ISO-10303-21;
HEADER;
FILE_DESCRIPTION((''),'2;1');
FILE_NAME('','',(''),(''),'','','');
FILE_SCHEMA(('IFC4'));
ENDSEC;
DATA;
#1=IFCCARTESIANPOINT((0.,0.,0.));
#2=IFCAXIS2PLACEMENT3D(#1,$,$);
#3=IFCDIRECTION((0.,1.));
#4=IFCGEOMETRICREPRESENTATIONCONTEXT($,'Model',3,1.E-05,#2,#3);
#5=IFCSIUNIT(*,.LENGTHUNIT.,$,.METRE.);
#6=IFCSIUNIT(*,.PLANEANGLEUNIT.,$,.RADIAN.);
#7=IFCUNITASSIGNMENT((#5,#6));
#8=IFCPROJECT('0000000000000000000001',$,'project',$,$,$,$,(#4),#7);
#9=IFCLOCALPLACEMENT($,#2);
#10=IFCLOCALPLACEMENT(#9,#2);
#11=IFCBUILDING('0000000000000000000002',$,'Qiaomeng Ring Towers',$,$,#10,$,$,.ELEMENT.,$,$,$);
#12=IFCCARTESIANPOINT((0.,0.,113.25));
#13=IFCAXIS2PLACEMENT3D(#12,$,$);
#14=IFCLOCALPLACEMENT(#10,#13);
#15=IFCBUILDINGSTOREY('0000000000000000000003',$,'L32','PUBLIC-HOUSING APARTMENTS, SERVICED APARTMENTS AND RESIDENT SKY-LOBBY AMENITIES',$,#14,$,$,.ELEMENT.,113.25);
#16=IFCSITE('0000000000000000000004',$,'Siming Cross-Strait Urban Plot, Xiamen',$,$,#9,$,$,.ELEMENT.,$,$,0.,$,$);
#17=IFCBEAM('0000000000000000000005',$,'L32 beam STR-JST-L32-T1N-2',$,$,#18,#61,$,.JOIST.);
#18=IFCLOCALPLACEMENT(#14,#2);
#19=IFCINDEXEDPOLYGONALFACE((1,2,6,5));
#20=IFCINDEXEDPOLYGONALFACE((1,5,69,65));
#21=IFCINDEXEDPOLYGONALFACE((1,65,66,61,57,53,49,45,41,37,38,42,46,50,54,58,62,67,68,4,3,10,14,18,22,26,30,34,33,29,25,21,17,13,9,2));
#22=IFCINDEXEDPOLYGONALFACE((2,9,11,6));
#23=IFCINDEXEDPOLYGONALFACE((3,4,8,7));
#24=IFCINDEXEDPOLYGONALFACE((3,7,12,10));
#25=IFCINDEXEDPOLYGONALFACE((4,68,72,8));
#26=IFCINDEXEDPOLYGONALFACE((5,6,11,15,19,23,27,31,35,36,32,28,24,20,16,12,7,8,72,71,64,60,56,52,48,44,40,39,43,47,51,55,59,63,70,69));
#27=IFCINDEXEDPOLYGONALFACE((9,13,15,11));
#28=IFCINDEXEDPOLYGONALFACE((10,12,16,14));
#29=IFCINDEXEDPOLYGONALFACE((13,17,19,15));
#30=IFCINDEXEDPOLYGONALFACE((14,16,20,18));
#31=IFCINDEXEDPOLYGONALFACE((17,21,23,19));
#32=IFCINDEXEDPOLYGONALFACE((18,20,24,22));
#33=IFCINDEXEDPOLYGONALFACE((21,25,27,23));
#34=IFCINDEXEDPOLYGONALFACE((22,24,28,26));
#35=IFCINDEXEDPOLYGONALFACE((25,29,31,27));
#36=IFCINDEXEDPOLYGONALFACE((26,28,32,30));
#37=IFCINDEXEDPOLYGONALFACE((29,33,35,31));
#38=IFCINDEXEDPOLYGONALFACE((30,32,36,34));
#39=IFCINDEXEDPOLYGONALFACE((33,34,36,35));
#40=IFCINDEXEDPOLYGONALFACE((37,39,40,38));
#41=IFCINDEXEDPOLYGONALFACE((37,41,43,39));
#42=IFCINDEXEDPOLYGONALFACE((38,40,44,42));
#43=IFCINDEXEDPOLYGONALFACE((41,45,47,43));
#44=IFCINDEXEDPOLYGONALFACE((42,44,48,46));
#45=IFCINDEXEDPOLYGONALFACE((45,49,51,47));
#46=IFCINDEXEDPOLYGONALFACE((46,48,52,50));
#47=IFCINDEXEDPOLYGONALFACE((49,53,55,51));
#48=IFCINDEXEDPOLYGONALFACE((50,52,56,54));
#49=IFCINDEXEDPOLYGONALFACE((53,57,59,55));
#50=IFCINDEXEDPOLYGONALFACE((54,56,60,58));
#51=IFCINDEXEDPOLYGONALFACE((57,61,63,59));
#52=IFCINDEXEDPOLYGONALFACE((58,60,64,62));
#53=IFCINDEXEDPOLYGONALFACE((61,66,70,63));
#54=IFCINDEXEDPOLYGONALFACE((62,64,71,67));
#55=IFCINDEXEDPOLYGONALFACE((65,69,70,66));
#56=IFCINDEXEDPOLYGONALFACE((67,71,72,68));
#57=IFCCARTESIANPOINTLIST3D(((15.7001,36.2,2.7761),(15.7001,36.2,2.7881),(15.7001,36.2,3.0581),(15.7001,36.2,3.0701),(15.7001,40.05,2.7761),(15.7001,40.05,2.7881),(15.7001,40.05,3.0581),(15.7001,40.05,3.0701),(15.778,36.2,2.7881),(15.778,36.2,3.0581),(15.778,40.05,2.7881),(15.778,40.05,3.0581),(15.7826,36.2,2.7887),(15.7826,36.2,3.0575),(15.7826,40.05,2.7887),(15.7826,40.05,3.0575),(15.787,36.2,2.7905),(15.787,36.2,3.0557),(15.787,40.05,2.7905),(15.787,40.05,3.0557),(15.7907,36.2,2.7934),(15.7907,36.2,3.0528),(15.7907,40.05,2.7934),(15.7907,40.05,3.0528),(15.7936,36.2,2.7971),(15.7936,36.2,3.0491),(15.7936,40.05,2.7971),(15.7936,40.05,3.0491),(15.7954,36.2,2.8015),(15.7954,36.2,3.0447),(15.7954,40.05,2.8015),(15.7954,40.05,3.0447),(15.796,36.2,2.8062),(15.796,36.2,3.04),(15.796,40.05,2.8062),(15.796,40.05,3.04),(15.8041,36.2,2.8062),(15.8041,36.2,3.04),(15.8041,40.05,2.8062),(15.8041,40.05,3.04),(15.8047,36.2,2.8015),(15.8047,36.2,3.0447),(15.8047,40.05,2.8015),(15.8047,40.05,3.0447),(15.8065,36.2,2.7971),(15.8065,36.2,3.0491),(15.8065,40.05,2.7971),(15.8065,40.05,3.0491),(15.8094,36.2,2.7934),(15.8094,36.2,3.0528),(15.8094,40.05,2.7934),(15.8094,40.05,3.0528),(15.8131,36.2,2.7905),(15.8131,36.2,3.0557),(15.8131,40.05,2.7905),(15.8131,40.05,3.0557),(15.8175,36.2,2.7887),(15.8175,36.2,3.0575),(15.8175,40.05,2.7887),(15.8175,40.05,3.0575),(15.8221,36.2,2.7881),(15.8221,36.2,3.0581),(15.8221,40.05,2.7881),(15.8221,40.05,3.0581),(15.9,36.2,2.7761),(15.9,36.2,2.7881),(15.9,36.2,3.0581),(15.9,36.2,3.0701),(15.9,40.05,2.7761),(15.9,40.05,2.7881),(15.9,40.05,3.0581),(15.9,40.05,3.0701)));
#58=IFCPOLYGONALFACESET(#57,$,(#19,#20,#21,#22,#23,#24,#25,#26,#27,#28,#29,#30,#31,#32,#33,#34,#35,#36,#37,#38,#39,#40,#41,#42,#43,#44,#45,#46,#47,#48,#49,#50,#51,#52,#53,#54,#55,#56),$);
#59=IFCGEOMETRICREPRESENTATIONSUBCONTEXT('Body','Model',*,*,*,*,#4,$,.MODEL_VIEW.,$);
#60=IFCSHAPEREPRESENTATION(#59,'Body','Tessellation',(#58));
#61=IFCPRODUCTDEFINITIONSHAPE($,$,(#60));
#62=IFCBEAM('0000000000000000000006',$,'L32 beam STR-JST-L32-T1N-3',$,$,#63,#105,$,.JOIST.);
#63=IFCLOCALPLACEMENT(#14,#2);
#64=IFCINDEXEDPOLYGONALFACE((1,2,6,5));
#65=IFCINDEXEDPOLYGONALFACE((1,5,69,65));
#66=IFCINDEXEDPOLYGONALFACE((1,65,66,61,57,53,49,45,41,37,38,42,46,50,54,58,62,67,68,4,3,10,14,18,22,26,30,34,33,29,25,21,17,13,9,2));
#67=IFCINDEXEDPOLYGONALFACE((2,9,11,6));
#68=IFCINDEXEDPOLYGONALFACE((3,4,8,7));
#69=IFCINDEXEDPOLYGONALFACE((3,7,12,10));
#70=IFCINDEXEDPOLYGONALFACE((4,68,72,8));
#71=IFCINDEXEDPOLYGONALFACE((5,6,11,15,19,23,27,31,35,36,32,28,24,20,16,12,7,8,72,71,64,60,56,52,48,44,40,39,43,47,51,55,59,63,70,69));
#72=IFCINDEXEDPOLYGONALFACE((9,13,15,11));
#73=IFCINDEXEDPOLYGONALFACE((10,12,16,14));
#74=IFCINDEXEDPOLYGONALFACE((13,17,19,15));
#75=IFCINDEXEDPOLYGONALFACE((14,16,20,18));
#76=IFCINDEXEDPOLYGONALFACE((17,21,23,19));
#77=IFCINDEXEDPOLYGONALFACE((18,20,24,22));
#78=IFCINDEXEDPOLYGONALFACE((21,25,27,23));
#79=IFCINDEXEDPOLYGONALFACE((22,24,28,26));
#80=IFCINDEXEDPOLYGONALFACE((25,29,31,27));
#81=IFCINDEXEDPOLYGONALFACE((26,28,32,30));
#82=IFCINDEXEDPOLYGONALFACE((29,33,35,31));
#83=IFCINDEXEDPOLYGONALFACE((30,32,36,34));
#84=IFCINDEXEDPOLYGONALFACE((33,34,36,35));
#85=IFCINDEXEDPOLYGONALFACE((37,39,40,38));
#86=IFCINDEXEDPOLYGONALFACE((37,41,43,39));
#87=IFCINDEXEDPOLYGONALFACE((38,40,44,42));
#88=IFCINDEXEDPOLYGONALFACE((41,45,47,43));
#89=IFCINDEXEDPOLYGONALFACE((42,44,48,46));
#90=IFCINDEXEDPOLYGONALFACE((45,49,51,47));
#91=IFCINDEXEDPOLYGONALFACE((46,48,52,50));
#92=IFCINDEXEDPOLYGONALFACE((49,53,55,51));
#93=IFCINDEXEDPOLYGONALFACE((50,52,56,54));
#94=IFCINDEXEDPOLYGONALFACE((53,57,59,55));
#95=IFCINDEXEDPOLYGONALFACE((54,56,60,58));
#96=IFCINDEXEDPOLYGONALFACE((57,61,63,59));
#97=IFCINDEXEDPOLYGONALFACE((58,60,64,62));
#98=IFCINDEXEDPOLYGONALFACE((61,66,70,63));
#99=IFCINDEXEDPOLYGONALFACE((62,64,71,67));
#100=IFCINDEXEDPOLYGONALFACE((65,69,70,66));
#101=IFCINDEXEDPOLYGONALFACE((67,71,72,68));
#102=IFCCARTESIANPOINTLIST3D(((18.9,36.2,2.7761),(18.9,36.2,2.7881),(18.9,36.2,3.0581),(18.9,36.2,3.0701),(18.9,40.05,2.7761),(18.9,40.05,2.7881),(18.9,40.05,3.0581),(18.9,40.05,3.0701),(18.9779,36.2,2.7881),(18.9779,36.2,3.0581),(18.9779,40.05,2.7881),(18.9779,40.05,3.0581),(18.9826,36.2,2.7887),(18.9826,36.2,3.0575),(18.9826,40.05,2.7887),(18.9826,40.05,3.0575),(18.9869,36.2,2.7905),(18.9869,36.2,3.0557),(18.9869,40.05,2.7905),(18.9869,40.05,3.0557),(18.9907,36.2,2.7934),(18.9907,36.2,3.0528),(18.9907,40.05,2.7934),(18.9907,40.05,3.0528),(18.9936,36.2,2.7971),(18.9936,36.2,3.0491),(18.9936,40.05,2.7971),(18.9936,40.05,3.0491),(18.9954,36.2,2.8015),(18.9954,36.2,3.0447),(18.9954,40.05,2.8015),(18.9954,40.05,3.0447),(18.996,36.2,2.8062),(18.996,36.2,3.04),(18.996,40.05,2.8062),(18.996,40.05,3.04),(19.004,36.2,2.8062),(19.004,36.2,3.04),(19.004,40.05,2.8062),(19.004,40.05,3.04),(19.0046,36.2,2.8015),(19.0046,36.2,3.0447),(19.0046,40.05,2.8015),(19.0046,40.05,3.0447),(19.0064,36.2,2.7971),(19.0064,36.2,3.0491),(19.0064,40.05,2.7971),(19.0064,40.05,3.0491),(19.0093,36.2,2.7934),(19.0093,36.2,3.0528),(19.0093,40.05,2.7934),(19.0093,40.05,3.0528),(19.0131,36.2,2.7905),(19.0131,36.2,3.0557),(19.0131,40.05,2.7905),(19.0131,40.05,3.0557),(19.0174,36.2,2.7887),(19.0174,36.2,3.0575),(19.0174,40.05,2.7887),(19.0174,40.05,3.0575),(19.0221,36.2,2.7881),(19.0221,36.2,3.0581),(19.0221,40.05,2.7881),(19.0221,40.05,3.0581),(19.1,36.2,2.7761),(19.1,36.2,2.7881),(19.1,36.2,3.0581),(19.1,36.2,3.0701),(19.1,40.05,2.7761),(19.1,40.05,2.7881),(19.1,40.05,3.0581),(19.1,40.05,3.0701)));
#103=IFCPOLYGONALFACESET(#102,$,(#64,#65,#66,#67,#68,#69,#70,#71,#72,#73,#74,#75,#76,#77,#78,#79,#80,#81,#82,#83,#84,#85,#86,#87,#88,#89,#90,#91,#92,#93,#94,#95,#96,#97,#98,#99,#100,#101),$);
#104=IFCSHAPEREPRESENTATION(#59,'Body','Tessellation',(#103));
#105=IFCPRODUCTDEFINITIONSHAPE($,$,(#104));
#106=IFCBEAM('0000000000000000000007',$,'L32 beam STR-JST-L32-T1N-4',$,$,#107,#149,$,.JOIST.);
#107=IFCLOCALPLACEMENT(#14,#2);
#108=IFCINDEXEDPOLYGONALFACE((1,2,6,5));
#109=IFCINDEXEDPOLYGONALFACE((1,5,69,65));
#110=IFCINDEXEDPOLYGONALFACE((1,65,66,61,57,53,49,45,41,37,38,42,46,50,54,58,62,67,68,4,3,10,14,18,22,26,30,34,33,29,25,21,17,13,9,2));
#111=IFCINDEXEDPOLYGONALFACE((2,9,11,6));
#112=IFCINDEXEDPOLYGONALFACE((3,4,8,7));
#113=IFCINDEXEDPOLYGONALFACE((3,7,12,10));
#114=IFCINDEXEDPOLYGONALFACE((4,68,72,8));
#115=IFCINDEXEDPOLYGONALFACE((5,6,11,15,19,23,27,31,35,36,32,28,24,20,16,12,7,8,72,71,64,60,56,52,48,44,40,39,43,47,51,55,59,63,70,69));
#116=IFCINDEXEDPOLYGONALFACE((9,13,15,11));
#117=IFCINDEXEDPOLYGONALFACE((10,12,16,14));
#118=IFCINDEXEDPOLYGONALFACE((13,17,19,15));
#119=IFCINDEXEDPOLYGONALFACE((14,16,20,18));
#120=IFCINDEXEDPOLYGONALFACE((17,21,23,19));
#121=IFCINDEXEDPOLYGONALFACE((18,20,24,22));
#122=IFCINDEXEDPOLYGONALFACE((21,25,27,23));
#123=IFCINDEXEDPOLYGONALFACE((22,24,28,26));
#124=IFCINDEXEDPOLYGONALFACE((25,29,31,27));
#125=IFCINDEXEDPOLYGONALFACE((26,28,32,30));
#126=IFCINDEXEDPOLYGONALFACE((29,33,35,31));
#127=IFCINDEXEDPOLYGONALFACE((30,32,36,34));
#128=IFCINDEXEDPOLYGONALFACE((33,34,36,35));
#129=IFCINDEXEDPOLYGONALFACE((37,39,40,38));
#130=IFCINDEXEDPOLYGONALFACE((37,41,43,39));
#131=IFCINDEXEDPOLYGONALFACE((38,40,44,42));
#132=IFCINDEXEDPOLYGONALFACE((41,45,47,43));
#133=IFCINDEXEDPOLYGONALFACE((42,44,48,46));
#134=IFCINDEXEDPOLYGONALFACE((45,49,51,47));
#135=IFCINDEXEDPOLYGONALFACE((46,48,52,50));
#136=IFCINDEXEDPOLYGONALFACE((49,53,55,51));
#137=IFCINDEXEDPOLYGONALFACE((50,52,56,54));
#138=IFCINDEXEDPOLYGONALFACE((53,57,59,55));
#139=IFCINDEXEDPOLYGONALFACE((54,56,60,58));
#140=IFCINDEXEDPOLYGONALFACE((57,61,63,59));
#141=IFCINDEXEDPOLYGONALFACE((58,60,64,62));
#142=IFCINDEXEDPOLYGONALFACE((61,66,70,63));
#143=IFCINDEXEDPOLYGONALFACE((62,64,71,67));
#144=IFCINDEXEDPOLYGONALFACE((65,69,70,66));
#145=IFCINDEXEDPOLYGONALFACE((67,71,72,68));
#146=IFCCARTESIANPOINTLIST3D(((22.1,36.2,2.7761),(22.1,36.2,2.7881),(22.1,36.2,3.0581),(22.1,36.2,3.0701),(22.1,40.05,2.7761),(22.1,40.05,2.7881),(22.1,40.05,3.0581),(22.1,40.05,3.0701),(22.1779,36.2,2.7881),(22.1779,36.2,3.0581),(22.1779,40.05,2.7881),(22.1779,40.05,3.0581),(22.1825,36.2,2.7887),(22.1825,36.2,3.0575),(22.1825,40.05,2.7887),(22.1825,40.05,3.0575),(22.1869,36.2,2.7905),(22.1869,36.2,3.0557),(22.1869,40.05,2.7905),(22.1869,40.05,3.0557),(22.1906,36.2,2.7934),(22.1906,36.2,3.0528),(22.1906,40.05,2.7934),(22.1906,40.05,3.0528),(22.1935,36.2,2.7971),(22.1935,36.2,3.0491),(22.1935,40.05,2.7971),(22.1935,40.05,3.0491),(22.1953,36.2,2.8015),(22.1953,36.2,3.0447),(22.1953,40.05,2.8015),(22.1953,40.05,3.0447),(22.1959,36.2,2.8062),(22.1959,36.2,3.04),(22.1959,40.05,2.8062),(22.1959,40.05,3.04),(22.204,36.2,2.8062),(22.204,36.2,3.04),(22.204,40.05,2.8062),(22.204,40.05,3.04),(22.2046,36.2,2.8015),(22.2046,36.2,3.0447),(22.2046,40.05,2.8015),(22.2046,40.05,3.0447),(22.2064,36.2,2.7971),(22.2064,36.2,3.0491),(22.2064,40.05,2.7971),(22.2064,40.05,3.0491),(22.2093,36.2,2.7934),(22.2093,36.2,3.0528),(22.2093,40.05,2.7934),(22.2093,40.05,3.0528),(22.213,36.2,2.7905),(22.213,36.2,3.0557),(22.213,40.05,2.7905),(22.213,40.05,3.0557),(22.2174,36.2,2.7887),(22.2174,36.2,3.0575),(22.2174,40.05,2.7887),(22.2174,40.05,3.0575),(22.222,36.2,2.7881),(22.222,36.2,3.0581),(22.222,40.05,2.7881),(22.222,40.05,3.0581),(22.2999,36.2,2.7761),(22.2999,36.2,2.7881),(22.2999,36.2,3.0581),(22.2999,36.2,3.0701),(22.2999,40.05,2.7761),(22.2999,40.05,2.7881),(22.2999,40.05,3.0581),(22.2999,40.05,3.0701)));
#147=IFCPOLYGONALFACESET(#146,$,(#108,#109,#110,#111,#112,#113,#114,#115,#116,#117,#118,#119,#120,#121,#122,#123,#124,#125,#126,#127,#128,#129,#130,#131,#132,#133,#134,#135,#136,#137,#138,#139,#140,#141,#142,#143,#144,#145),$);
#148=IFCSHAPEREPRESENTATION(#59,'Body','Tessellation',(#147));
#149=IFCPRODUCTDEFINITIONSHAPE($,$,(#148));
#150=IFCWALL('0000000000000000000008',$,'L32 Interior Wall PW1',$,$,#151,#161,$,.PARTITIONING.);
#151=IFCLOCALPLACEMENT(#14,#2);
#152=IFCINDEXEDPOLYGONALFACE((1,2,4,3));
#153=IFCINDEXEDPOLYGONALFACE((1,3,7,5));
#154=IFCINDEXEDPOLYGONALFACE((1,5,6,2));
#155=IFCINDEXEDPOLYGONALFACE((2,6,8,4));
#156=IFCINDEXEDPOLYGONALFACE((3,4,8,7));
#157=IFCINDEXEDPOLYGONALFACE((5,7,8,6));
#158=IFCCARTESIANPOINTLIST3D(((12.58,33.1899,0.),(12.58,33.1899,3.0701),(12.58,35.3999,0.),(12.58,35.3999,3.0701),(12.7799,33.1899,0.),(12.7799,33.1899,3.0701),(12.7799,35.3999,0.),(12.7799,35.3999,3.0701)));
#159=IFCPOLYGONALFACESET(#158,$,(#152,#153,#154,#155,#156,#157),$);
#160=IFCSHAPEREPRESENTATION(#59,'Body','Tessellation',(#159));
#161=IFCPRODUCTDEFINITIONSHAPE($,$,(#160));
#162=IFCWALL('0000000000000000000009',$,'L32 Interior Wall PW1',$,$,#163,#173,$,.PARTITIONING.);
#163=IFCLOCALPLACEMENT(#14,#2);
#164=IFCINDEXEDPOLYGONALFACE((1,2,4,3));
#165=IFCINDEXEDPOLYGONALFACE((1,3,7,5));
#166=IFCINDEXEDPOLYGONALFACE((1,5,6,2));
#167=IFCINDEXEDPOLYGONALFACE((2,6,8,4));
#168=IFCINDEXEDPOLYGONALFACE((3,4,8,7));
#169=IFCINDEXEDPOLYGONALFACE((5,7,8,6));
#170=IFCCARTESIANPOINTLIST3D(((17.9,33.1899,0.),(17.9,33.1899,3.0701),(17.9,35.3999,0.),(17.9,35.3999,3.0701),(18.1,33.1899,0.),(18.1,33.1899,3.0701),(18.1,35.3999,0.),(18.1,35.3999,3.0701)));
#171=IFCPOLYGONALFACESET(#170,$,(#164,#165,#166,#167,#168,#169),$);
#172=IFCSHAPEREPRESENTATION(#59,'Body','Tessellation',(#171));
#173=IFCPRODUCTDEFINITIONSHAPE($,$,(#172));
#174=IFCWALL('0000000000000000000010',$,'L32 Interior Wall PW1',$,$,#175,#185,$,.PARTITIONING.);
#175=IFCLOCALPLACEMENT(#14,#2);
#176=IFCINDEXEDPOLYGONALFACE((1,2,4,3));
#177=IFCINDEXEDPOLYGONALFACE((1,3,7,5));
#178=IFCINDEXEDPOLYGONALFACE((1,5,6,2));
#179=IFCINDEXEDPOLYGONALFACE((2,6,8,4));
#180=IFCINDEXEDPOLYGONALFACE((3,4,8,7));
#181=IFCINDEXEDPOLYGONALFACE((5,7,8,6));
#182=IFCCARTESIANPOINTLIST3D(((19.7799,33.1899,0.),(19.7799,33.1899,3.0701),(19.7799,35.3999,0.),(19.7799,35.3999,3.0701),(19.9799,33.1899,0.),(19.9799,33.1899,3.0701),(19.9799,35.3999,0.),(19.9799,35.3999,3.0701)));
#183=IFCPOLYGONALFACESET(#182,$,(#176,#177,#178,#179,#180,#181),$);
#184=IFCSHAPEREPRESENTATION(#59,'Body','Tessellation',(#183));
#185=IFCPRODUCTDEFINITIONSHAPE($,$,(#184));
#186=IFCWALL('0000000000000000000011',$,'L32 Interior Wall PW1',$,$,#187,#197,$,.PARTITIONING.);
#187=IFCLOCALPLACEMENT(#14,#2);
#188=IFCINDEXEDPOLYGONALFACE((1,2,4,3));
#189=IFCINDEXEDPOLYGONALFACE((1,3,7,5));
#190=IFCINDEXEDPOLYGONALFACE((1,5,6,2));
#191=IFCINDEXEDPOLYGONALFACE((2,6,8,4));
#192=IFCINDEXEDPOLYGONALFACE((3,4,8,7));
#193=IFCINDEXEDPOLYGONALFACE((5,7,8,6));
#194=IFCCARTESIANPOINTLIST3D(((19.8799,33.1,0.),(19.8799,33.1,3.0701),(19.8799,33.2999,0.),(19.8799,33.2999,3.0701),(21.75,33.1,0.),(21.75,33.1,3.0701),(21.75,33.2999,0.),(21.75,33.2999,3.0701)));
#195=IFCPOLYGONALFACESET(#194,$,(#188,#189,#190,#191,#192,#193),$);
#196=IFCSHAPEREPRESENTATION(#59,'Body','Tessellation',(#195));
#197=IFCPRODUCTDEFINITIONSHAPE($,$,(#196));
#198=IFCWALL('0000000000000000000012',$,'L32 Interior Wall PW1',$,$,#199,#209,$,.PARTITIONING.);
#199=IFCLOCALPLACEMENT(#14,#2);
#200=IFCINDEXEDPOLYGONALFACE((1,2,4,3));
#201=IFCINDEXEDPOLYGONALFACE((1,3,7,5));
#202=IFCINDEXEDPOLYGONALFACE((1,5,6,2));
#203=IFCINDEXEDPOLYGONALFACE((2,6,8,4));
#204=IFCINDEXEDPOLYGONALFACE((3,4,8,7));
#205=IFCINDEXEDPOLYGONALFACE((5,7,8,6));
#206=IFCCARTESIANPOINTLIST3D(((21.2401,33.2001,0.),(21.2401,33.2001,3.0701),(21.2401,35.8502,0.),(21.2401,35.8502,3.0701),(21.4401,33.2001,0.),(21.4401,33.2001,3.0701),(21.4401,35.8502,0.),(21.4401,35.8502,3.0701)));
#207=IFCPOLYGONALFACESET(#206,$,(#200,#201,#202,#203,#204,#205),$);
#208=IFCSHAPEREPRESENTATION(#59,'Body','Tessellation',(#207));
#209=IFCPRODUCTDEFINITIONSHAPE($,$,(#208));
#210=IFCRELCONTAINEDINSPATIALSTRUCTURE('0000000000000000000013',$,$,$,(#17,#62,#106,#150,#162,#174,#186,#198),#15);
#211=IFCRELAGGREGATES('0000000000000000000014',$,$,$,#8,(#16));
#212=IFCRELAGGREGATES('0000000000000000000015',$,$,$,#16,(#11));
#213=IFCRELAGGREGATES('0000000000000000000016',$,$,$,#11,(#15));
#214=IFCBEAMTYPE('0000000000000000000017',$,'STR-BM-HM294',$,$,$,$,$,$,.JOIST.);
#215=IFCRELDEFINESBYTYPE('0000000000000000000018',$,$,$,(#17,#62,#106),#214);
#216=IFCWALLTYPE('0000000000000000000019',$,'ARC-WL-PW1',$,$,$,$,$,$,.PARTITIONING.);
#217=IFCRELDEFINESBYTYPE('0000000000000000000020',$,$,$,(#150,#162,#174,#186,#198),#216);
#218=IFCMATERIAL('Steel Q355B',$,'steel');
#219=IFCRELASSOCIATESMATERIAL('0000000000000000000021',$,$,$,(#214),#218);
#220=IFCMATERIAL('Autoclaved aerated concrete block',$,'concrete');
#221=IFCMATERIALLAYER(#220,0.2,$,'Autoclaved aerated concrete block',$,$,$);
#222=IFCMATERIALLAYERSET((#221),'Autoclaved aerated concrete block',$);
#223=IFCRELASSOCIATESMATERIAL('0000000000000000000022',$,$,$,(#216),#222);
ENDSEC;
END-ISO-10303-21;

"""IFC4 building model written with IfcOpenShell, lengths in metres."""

from ifc_helpers import new_model, si_unit, direction, frame, frame_2d, origin, origin_2d, place, context, subcontext, project, spatial, rectangle, i_section, extrude, source, transform, mapped, material, layer, layer_set, material_profile, profile_set, type_object, element, save


model = new_model("IFC4")

# Units and contexts
model_context = context("Model", 3, precision=1e-05, world=origin(), true_north=direction((0.0, 1.0)))
body_context = subcontext(model_context, "Body", "Model", "MODEL_VIEW")
ifc_project = project(units=[si_unit("LENGTHUNIT", "METRE"), si_unit("PLANEANGLEUNIT", "RADIAN")], contexts=[model_context])

# Site, building, storey
site_placement = place(None, origin())
site = spatial("IfcSite", under=ifc_project, at=site_placement, Name="Siming Cross-Strait Urban Plot, Xiamen", CompositionType="ELEMENT", RefElevation=0.0)
building_placement = place(site_placement, origin())
building = spatial("IfcBuilding", under=site, at=building_placement, Name="Qiaomeng Ring Towers", CompositionType="ELEMENT")
storey_placement = place(building_placement, frame((0.0, 0.0, 113.25)))
storey = spatial("IfcBuildingStorey", under=building, at=storey_placement, Name="L32", Description="PUBLIC-HOUSING APARTMENTS, SERVICED APARTMENTS AND RESIDENT SKY-LOBBY AMENITIES", CompositionType="ELEMENT", Elevation=113.25)

# Beams
ifc_material_1 = material(Name="Steel Q355B", Category="steel")
ifc_material_profile = material_profile(ifc_material_1, i_section(OverallWidth=0.2, OverallDepth=0.2939, WebThickness=0.0081, FlangeThickness=0.012, FilletRadius=0.0181, at=origin_2d()), Name="HM 294x200x8x12")
ifc_profile_set = profile_set([ifc_material_profile], Name="Steel Q355B")
beam_type = type_object("IfcBeamType", Name="STR-BM-HM294", PredefinedType="JOIST", material=ifc_profile_set)
shared_shape_1 = source(origin(), body_context, "Body", "SweptSolid", [
    extrude(i_section(OverallWidth=0.2, OverallDepth=0.2939, WebThickness=0.0081, FlangeThickness=0.012, FilletRadius=0.0181, at=origin_2d()), origin(), (0.0, 0.0, 1.0), 3.8501),
])
for number, where, z_axis, x_axis, name in (
    (1, (15.8, 36.2, 2.9231), (0.0, 1.0, 0.0), (-1.0, 0.0, 0.0), "L32 beam STR-JST-L32-T1N-2"),
    (2, (19.0, 36.2, 2.9231), (0.0, 1.0, 0.0), (-1.0, 0.0, 0.0), "L32 beam STR-JST-L32-T1N-3"),
    (3, (22.2, 36.2, 2.9231), (0.0, 1.0, 0.0), (-1.0, 0.0, 0.0), "L32 beam STR-JST-L32-T1N-4"),
):
    element("IfcBeam", number, at=place(storey_placement, frame(where, z_axis=z_axis, x_axis=x_axis)), inside=storey, type_object=beam_type, Name=name, PredefinedType="JOIST", context=body_context, shape_type="MappedRepresentation", body=[
        mapped(shared_shape_1, transform((0.0, 0.0, 0.0), x_axis=(1.0, 0.0, 0.0), y_axis=(0.0, 1.0, 0.0), z_axis=(0.0, 0.0, 1.0), scale=1.0)),
    ])

# Walls
ifc_material_2 = material(Name="Autoclaved aerated concrete block", Category="concrete")
ifc_layer_1 = layer(ifc_material_2, 0.2, Name="Autoclaved aerated concrete block")
ifc_layer_set_1 = layer_set([ifc_layer_1], Name="Autoclaved aerated concrete block")
wall_type_1 = type_object("IfcWallType", Name="ARC-WL-PW1", PredefinedType="PARTITIONING", material=ifc_layer_set_1)
for number, where, z_axis, x_axis, name in (
    (4, (12.6799, 33.1899, 0.0), (0.0, 0.0, 1.0), (0.0, 1.0, 0.0), "L32 Interior Wall PW1"),
    (5, (18.0, 33.1899, 0.0), (0.0, 0.0, 1.0), (0.0, 1.0, 0.0), "L32 Interior Wall PW1"),
    (6, (19.8799, 33.1899, 0.0), (0.0, 0.0, 1.0), (0.0, 1.0, 0.0), "L32 Interior Wall PW1"),
):
    element("IfcWall", number, at=place(storey_placement, frame(where, z_axis=z_axis, x_axis=x_axis)), inside=storey, type_object=wall_type_1, Name=name, PredefinedType="PARTITIONING", context=body_context, shape_type="SweptSolid", body=[
        extrude(rectangle(XDim=2.21, YDim=0.2, at=frame_2d((1.105, 0.0))), origin(), (0.0, 0.0, 1.0), 3.0701),
    ])
wall_1_placement = place(storey_placement, frame((19.8799, 33.2, 0.0), z_axis=(0.0, 0.0, 1.0), x_axis=(1.0, 0.0, 0.0)))
element("IfcWall", 7, at=wall_1_placement, inside=storey, type_object=wall_type_1, Name="L32 Interior Wall PW1", PredefinedType="PARTITIONING", context=body_context, shape_type="SweptSolid", body=[
    extrude(rectangle(XDim=1.8701, YDim=0.2, at=frame_2d((0.9351, 0.0))), origin(), (0.0, 0.0, 1.0), 3.0701),
])
wall_2_placement = place(storey_placement, frame((21.3401, 33.2, 0.0), z_axis=(0.0, 0.0, 1.0), x_axis=(0.0, 1.0, 0.0)))
element("IfcWall", 8, at=wall_2_placement, inside=storey, type_object=wall_type_1, Name="L32 Interior Wall PW1", PredefinedType="PARTITIONING", context=body_context, shape_type="SweptSolid", body=[
    extrude(rectangle(XDim=2.6501, YDim=0.2, at=frame_2d((1.3252, 0.0))), origin(), (0.0, 0.0, 1.0), 3.0701),
])

save(model, "model.ifc")
